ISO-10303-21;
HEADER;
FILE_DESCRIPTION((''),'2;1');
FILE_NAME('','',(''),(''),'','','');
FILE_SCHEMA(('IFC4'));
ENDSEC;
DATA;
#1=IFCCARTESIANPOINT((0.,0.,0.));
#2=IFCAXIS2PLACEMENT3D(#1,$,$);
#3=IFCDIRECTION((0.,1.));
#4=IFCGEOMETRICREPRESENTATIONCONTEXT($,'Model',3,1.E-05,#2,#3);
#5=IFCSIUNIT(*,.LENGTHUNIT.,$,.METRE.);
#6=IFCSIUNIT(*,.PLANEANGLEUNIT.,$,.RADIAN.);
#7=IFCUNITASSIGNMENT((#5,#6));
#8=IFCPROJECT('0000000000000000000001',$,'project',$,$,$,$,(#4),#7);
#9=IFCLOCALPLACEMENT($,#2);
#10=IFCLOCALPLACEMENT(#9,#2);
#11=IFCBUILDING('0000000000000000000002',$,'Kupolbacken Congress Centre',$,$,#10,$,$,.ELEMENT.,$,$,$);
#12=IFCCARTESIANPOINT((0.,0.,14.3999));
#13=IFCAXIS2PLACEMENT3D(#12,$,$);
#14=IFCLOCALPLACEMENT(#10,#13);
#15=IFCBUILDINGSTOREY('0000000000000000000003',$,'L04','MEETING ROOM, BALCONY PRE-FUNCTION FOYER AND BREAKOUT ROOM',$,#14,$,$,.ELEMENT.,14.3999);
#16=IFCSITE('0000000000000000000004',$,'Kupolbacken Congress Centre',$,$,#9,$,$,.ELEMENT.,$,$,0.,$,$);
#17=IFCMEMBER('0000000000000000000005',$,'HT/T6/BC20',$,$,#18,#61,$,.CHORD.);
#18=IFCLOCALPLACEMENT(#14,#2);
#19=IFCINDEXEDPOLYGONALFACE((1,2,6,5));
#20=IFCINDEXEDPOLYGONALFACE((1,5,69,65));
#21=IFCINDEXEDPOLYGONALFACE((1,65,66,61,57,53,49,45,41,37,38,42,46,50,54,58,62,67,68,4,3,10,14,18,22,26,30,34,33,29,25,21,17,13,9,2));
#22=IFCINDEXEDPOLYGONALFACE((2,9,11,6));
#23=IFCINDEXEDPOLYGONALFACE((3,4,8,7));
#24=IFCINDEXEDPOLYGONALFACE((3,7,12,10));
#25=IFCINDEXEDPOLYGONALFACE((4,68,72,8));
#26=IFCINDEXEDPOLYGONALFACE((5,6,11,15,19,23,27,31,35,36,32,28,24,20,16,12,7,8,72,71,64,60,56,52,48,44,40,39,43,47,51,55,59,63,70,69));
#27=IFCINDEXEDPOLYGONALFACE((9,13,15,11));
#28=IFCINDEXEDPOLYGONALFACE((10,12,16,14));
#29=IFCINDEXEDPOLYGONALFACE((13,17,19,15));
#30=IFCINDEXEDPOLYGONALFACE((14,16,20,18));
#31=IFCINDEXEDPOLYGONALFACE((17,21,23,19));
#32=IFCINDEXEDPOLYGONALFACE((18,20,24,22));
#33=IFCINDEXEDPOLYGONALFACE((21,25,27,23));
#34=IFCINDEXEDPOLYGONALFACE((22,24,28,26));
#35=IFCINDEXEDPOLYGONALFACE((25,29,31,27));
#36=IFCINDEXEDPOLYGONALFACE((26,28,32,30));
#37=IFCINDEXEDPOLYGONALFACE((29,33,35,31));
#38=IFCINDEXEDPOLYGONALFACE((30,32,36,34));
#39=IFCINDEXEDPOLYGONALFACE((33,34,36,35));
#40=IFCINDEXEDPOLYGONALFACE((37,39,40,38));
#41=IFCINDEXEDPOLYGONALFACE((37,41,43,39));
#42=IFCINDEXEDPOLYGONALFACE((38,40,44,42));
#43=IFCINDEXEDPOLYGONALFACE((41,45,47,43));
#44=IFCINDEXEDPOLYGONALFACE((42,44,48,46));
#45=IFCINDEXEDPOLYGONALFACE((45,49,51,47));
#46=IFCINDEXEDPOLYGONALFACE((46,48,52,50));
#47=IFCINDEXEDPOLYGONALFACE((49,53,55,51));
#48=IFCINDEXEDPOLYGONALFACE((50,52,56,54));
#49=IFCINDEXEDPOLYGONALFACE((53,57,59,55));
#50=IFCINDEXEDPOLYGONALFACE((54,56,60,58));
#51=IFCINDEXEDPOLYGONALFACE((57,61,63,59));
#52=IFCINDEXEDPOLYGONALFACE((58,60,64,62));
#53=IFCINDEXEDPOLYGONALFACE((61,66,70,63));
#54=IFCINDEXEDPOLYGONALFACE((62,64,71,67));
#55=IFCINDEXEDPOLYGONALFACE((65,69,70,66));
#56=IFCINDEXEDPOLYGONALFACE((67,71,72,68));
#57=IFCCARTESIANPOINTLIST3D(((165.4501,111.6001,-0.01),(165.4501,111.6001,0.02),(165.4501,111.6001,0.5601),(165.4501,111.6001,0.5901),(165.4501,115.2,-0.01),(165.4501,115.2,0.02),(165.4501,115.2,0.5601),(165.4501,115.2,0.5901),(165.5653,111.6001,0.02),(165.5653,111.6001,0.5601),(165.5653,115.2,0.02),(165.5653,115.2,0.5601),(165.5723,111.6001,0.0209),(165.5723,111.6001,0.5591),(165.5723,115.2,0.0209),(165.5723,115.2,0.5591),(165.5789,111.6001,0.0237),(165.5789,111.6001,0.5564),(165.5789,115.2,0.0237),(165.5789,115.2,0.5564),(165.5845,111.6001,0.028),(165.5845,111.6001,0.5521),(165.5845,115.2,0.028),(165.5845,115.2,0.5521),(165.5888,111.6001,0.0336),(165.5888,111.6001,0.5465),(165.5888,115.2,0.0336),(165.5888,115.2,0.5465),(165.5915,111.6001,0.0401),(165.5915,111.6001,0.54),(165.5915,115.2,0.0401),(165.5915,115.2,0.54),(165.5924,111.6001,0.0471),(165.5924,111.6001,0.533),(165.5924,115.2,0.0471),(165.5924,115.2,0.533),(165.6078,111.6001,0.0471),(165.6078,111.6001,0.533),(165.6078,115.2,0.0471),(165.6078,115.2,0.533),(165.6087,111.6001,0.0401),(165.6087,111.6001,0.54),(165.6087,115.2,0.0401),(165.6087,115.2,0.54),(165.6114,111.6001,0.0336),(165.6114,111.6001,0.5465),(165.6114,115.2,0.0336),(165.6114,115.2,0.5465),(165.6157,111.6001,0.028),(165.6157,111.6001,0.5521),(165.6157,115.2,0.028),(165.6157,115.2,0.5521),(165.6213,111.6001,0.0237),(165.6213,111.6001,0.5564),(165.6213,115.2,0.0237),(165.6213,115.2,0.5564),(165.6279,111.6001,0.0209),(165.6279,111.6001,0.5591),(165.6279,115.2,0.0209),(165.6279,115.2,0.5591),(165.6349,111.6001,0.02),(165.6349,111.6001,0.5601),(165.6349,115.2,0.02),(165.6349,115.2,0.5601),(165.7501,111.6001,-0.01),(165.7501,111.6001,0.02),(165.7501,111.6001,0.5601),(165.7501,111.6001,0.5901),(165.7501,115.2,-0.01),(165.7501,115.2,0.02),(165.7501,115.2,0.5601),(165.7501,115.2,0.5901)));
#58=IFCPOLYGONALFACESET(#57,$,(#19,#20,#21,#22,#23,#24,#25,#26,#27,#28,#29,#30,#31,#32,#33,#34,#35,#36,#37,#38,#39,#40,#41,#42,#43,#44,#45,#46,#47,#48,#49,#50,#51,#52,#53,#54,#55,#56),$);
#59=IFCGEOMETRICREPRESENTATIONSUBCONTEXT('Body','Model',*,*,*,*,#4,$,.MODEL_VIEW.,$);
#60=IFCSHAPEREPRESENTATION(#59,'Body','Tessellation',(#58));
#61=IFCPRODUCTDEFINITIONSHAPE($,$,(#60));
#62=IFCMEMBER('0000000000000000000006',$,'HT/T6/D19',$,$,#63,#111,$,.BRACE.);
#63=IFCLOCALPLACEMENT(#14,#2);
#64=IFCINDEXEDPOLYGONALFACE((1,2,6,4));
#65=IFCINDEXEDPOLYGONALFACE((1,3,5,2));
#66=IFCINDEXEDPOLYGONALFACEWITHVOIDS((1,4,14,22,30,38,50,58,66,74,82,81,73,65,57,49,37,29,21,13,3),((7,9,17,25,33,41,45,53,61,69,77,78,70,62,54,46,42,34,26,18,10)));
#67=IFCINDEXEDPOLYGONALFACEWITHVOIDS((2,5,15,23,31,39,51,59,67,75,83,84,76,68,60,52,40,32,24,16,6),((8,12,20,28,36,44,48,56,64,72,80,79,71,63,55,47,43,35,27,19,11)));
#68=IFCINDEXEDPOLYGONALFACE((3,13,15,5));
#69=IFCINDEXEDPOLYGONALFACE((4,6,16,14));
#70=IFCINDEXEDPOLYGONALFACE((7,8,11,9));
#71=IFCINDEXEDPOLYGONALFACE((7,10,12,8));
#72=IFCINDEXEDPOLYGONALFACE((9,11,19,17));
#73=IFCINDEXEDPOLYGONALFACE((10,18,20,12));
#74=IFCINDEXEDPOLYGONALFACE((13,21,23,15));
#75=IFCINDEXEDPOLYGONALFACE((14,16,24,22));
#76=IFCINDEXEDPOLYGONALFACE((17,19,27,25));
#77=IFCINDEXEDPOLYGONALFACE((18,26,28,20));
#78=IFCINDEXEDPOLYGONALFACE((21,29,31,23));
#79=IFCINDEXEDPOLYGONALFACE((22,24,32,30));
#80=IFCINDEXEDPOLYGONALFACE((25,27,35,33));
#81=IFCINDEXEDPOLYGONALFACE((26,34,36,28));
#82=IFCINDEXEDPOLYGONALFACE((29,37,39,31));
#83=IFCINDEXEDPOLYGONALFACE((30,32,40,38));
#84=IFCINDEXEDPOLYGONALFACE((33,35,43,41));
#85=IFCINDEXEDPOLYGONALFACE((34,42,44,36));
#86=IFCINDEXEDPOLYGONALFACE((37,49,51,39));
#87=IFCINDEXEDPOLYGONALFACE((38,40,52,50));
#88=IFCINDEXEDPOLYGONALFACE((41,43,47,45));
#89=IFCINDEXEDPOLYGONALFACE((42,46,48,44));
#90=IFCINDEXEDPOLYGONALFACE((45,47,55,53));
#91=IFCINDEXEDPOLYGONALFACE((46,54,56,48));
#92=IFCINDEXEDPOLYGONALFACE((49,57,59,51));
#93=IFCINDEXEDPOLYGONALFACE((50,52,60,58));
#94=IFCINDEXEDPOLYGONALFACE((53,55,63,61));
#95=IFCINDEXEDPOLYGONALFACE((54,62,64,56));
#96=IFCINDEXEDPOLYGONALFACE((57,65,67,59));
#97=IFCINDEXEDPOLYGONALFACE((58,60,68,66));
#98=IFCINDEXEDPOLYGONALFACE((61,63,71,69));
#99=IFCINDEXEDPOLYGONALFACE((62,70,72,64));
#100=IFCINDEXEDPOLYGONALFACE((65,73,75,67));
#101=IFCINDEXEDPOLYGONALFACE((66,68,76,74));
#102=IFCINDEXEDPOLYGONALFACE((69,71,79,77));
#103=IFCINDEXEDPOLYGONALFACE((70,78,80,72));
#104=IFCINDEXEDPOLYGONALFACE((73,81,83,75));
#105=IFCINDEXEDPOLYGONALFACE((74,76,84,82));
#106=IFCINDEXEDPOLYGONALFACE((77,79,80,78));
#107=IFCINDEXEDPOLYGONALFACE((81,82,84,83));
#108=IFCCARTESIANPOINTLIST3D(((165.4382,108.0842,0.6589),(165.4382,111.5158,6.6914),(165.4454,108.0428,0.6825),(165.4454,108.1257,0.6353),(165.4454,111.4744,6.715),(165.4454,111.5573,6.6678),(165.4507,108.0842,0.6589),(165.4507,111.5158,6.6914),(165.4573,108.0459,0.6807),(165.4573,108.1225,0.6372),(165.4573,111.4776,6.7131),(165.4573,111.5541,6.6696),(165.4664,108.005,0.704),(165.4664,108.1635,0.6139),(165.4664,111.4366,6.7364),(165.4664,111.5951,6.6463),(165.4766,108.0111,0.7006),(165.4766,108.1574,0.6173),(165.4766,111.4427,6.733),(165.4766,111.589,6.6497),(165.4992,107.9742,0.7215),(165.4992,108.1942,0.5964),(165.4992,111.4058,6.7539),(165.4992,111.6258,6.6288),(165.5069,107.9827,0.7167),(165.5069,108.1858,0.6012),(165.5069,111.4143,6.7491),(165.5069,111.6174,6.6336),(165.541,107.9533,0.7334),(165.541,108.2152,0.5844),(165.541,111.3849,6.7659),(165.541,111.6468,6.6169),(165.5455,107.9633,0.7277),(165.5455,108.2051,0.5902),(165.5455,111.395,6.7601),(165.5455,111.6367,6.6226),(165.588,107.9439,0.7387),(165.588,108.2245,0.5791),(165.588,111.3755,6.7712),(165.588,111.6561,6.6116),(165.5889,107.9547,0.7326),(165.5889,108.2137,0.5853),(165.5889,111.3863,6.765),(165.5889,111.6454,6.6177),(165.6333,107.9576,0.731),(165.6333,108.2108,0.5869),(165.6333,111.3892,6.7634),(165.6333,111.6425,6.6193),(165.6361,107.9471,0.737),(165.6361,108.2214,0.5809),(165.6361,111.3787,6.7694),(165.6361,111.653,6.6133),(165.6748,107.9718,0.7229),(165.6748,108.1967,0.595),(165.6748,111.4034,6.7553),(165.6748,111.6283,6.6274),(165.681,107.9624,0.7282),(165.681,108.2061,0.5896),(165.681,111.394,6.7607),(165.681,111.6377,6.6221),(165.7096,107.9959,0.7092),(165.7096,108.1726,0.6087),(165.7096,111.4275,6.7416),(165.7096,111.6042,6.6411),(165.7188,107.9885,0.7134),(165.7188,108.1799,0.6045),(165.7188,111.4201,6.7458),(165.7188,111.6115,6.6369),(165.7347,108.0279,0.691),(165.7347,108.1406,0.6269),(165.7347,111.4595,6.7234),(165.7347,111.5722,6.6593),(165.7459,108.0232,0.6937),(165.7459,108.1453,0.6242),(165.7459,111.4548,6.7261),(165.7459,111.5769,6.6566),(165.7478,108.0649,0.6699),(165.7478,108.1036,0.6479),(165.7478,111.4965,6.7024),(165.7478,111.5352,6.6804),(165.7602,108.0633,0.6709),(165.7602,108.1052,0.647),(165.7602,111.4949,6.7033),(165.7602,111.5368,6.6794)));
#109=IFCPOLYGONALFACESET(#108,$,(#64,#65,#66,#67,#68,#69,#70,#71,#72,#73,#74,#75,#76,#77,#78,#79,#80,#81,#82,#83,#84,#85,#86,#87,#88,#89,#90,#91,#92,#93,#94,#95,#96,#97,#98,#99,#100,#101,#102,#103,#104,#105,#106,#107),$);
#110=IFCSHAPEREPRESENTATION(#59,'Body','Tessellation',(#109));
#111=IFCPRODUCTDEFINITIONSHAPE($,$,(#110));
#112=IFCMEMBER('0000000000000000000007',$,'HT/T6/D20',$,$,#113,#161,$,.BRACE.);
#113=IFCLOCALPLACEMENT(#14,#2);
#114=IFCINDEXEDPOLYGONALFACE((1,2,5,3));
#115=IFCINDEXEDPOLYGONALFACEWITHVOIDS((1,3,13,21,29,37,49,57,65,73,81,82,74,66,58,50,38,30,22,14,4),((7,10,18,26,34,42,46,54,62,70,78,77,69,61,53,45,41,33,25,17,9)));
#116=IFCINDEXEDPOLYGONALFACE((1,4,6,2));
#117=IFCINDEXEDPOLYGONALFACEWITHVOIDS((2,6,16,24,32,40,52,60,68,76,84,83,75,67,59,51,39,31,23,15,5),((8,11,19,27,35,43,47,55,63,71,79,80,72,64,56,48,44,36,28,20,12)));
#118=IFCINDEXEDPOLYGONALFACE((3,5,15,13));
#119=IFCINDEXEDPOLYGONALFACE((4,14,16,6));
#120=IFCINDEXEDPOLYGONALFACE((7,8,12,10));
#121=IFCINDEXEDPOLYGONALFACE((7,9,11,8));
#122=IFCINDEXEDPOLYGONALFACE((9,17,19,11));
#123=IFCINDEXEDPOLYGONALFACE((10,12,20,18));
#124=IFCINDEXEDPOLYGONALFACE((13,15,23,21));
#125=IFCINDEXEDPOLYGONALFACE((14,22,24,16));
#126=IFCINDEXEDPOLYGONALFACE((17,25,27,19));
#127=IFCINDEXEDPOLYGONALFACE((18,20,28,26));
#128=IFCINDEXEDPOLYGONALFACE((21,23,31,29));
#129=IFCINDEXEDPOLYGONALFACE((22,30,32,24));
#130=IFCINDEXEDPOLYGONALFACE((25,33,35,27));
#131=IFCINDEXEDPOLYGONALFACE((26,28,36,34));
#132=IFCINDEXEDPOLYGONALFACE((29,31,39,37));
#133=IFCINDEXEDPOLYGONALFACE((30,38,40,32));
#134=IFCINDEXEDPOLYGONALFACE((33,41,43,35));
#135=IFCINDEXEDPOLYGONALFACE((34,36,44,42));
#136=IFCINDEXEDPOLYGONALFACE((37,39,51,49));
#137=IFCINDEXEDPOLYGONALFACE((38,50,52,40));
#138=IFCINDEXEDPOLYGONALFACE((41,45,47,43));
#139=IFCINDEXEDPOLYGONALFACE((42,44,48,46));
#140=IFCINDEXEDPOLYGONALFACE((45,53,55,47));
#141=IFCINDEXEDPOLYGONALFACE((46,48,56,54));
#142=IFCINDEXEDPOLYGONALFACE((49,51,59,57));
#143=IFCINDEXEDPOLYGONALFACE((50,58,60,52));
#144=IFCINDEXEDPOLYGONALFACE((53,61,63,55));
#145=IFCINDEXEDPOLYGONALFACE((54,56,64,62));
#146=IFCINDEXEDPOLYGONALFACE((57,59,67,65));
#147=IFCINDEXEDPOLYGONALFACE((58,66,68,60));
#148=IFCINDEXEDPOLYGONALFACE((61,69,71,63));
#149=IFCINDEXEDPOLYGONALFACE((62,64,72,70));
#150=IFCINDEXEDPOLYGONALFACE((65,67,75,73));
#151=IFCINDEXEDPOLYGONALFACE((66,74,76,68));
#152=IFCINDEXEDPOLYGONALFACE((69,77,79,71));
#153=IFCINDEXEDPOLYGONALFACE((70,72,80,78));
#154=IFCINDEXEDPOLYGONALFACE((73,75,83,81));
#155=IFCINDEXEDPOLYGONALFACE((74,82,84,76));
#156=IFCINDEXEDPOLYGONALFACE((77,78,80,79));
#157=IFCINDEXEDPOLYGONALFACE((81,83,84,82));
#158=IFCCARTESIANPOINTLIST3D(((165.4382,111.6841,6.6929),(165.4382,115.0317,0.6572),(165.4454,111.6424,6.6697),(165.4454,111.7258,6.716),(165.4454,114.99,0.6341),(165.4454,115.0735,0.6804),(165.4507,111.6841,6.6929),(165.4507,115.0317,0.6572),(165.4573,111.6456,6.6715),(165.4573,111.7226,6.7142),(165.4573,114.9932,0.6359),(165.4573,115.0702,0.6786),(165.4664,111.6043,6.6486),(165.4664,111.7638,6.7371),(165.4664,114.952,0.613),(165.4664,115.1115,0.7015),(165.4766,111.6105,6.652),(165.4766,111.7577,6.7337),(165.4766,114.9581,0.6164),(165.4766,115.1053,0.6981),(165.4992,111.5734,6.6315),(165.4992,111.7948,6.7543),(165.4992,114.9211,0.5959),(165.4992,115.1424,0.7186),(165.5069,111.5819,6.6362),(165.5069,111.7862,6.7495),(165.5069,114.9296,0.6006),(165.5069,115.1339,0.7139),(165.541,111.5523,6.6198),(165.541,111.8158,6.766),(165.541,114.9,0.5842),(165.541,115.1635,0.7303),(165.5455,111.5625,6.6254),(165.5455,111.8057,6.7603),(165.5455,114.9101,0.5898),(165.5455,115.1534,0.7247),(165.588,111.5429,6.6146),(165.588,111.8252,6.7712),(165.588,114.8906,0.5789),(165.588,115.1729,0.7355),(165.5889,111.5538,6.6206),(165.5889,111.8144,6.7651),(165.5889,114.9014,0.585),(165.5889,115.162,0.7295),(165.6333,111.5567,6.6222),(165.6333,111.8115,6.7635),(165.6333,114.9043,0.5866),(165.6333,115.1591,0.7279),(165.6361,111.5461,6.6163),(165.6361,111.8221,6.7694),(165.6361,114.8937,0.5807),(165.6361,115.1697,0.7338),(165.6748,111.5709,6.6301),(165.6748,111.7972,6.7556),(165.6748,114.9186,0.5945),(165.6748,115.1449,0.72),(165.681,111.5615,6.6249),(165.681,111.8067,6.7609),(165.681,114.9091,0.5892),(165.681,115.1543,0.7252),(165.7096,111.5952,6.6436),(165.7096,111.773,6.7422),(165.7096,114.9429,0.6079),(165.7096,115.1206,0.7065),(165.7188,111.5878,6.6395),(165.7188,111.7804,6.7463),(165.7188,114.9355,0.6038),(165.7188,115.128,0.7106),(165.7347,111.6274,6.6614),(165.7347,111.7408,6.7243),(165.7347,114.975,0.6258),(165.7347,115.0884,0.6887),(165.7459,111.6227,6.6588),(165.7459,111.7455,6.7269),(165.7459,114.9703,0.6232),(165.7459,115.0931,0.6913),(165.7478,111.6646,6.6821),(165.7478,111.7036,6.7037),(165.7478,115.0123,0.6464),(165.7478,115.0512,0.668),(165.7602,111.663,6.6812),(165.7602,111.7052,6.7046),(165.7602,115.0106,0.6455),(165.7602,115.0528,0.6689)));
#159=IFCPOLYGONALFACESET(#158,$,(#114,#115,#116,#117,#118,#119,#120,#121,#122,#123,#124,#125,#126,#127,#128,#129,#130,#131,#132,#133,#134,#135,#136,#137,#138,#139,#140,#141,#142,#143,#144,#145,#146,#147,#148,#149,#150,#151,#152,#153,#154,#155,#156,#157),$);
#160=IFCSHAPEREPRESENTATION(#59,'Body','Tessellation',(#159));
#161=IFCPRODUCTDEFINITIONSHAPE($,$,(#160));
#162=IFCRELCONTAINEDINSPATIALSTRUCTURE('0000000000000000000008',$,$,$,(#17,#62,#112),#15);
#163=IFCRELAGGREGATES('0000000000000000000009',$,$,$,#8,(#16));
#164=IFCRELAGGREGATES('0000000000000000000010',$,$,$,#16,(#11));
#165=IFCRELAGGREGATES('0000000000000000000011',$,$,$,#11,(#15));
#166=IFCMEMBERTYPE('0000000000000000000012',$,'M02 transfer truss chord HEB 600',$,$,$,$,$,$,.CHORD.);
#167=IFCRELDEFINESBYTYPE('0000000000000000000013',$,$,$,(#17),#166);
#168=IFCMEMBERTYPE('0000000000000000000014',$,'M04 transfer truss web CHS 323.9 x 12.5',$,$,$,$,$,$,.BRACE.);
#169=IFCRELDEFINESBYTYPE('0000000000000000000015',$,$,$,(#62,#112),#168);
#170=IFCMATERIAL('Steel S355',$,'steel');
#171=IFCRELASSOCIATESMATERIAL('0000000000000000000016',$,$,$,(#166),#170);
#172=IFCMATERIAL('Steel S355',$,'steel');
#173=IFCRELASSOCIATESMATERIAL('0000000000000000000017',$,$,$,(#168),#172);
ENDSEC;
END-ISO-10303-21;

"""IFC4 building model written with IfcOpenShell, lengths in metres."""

from ifc_helpers import new_model, si_unit, direction, frame, origin, origin_2d, place, context, subcontext, project, spatial, hollow_circle, i_section, extrude, material, material_profile, profile_set, type_object, element, save


model = new_model("IFC4")

# Units and contexts
model_context = context("Model", 3, precision=1e-05, world=origin(), true_north=direction((0.0, 1.0)))
body_context = subcontext(model_context, "Body", "Model", "MODEL_VIEW")
ifc_project = project(units=[si_unit("LENGTHUNIT", "METRE"), si_unit("PLANEANGLEUNIT", "RADIAN")], contexts=[model_context])

# Site, building, storey
site_placement = place(None, origin())
site = spatial("IfcSite", under=ifc_project, at=site_placement, Name="Kupolbacken Congress Centre", CompositionType="ELEMENT", RefElevation=0.0)
building_placement = place(site_placement, origin())
building = spatial("IfcBuilding", under=site, at=building_placement, Name="Kupolbacken Congress Centre", CompositionType="ELEMENT")
storey_placement = place(building_placement, frame((0.0, 0.0, 14.3999)))
storey = spatial("IfcBuildingStorey", under=building, at=storey_placement, Name="L04", Description="MEETING ROOM, BALCONY PRE-FUNCTION FOYER AND BREAKOUT ROOM", CompositionType="ELEMENT", Elevation=14.3999)

# Members
ifc_material_1 = material(Name="Steel S355", Category="steel")
ifc_material_profile_1 = material_profile(ifc_material_1, i_section(OverallWidth=0.3, OverallDepth=0.6001, WebThickness=0.0154, FlangeThickness=0.03, FilletRadius=0.0271, at=origin_2d()), Name="HEB 600")
ifc_profile_set_1 = profile_set([ifc_material_profile_1], Name="Steel S355")
member_type_1 = type_object("IfcMemberType", Name="M02 transfer truss chord HEB 600", PredefinedType="CHORD", material=ifc_profile_set_1)
member_1_placement = place(storey_placement, frame((165.6001, 111.6001, 0.29), z_axis=(0.0, 1.0, 0.0), x_axis=(-1.0, 0.0, 0.0)))
element("IfcMember", 1, at=member_1_placement, inside=storey, type_object=member_type_1, Name="HT/T6/BC20", PredefinedType="CHORD", context=body_context, shape_type="SweptSolid", body=[
    extrude(i_section(OverallWidth=0.3, OverallDepth=0.6001, WebThickness=0.0154, FlangeThickness=0.03, FilletRadius=0.0271, at=origin_2d()), origin(), (0.0, 0.0, 1.0), 3.5999),
])
ifc_material_2 = material(Name="Steel S355", Category="steel")
ifc_material_profile_2 = material_profile(ifc_material_2, hollow_circle(Radius=0.1619, WallThickness=0.0125, at=origin_2d()), Name="CHS 323.9 x 12.5")
ifc_profile_set_2 = profile_set([ifc_material_profile_2], Name="Steel S355")
member_type_2 = type_object("IfcMemberType", Name="M04 transfer truss web CHS 323.9 x 12.5", PredefinedType="BRACE", material=ifc_profile_set_2)
member_2_placement = place(storey_placement, frame((165.6001, 108.0842, 0.6589), z_axis=(0.0, 0.494456, 0.869203), x_axis=(-1.0, 0.0, 0.0)))
element("IfcMember", 2, at=member_2_placement, inside=storey, type_object=member_type_2, Name="HT/T6/D19", PredefinedType="BRACE", context=body_context, shape_type="SweptSolid", body=[
    extrude(hollow_circle(Radius=0.1619, WallThickness=0.0125, at=origin_2d()), origin(), (0.0, 0.0, 1.0), 6.9402),
])
member_3_placement = place(storey_placement, frame((165.6001, 111.6841, 6.6929), z_axis=(0.0, 0.485036, -0.874494), x_axis=(-1.0, 0.0, 0.0)))
element("IfcMember", 3, at=member_3_placement, inside=storey, type_object=member_type_2, Name="HT/T6/D20", PredefinedType="BRACE", context=body_context, shape_type="SweptSolid", body=[
    extrude(hollow_circle(Radius=0.1619, WallThickness=0.0125, at=origin_2d()), origin(), (0.0, 0.0, 1.0), 6.9019),
])

save(model, "model.ifc")
